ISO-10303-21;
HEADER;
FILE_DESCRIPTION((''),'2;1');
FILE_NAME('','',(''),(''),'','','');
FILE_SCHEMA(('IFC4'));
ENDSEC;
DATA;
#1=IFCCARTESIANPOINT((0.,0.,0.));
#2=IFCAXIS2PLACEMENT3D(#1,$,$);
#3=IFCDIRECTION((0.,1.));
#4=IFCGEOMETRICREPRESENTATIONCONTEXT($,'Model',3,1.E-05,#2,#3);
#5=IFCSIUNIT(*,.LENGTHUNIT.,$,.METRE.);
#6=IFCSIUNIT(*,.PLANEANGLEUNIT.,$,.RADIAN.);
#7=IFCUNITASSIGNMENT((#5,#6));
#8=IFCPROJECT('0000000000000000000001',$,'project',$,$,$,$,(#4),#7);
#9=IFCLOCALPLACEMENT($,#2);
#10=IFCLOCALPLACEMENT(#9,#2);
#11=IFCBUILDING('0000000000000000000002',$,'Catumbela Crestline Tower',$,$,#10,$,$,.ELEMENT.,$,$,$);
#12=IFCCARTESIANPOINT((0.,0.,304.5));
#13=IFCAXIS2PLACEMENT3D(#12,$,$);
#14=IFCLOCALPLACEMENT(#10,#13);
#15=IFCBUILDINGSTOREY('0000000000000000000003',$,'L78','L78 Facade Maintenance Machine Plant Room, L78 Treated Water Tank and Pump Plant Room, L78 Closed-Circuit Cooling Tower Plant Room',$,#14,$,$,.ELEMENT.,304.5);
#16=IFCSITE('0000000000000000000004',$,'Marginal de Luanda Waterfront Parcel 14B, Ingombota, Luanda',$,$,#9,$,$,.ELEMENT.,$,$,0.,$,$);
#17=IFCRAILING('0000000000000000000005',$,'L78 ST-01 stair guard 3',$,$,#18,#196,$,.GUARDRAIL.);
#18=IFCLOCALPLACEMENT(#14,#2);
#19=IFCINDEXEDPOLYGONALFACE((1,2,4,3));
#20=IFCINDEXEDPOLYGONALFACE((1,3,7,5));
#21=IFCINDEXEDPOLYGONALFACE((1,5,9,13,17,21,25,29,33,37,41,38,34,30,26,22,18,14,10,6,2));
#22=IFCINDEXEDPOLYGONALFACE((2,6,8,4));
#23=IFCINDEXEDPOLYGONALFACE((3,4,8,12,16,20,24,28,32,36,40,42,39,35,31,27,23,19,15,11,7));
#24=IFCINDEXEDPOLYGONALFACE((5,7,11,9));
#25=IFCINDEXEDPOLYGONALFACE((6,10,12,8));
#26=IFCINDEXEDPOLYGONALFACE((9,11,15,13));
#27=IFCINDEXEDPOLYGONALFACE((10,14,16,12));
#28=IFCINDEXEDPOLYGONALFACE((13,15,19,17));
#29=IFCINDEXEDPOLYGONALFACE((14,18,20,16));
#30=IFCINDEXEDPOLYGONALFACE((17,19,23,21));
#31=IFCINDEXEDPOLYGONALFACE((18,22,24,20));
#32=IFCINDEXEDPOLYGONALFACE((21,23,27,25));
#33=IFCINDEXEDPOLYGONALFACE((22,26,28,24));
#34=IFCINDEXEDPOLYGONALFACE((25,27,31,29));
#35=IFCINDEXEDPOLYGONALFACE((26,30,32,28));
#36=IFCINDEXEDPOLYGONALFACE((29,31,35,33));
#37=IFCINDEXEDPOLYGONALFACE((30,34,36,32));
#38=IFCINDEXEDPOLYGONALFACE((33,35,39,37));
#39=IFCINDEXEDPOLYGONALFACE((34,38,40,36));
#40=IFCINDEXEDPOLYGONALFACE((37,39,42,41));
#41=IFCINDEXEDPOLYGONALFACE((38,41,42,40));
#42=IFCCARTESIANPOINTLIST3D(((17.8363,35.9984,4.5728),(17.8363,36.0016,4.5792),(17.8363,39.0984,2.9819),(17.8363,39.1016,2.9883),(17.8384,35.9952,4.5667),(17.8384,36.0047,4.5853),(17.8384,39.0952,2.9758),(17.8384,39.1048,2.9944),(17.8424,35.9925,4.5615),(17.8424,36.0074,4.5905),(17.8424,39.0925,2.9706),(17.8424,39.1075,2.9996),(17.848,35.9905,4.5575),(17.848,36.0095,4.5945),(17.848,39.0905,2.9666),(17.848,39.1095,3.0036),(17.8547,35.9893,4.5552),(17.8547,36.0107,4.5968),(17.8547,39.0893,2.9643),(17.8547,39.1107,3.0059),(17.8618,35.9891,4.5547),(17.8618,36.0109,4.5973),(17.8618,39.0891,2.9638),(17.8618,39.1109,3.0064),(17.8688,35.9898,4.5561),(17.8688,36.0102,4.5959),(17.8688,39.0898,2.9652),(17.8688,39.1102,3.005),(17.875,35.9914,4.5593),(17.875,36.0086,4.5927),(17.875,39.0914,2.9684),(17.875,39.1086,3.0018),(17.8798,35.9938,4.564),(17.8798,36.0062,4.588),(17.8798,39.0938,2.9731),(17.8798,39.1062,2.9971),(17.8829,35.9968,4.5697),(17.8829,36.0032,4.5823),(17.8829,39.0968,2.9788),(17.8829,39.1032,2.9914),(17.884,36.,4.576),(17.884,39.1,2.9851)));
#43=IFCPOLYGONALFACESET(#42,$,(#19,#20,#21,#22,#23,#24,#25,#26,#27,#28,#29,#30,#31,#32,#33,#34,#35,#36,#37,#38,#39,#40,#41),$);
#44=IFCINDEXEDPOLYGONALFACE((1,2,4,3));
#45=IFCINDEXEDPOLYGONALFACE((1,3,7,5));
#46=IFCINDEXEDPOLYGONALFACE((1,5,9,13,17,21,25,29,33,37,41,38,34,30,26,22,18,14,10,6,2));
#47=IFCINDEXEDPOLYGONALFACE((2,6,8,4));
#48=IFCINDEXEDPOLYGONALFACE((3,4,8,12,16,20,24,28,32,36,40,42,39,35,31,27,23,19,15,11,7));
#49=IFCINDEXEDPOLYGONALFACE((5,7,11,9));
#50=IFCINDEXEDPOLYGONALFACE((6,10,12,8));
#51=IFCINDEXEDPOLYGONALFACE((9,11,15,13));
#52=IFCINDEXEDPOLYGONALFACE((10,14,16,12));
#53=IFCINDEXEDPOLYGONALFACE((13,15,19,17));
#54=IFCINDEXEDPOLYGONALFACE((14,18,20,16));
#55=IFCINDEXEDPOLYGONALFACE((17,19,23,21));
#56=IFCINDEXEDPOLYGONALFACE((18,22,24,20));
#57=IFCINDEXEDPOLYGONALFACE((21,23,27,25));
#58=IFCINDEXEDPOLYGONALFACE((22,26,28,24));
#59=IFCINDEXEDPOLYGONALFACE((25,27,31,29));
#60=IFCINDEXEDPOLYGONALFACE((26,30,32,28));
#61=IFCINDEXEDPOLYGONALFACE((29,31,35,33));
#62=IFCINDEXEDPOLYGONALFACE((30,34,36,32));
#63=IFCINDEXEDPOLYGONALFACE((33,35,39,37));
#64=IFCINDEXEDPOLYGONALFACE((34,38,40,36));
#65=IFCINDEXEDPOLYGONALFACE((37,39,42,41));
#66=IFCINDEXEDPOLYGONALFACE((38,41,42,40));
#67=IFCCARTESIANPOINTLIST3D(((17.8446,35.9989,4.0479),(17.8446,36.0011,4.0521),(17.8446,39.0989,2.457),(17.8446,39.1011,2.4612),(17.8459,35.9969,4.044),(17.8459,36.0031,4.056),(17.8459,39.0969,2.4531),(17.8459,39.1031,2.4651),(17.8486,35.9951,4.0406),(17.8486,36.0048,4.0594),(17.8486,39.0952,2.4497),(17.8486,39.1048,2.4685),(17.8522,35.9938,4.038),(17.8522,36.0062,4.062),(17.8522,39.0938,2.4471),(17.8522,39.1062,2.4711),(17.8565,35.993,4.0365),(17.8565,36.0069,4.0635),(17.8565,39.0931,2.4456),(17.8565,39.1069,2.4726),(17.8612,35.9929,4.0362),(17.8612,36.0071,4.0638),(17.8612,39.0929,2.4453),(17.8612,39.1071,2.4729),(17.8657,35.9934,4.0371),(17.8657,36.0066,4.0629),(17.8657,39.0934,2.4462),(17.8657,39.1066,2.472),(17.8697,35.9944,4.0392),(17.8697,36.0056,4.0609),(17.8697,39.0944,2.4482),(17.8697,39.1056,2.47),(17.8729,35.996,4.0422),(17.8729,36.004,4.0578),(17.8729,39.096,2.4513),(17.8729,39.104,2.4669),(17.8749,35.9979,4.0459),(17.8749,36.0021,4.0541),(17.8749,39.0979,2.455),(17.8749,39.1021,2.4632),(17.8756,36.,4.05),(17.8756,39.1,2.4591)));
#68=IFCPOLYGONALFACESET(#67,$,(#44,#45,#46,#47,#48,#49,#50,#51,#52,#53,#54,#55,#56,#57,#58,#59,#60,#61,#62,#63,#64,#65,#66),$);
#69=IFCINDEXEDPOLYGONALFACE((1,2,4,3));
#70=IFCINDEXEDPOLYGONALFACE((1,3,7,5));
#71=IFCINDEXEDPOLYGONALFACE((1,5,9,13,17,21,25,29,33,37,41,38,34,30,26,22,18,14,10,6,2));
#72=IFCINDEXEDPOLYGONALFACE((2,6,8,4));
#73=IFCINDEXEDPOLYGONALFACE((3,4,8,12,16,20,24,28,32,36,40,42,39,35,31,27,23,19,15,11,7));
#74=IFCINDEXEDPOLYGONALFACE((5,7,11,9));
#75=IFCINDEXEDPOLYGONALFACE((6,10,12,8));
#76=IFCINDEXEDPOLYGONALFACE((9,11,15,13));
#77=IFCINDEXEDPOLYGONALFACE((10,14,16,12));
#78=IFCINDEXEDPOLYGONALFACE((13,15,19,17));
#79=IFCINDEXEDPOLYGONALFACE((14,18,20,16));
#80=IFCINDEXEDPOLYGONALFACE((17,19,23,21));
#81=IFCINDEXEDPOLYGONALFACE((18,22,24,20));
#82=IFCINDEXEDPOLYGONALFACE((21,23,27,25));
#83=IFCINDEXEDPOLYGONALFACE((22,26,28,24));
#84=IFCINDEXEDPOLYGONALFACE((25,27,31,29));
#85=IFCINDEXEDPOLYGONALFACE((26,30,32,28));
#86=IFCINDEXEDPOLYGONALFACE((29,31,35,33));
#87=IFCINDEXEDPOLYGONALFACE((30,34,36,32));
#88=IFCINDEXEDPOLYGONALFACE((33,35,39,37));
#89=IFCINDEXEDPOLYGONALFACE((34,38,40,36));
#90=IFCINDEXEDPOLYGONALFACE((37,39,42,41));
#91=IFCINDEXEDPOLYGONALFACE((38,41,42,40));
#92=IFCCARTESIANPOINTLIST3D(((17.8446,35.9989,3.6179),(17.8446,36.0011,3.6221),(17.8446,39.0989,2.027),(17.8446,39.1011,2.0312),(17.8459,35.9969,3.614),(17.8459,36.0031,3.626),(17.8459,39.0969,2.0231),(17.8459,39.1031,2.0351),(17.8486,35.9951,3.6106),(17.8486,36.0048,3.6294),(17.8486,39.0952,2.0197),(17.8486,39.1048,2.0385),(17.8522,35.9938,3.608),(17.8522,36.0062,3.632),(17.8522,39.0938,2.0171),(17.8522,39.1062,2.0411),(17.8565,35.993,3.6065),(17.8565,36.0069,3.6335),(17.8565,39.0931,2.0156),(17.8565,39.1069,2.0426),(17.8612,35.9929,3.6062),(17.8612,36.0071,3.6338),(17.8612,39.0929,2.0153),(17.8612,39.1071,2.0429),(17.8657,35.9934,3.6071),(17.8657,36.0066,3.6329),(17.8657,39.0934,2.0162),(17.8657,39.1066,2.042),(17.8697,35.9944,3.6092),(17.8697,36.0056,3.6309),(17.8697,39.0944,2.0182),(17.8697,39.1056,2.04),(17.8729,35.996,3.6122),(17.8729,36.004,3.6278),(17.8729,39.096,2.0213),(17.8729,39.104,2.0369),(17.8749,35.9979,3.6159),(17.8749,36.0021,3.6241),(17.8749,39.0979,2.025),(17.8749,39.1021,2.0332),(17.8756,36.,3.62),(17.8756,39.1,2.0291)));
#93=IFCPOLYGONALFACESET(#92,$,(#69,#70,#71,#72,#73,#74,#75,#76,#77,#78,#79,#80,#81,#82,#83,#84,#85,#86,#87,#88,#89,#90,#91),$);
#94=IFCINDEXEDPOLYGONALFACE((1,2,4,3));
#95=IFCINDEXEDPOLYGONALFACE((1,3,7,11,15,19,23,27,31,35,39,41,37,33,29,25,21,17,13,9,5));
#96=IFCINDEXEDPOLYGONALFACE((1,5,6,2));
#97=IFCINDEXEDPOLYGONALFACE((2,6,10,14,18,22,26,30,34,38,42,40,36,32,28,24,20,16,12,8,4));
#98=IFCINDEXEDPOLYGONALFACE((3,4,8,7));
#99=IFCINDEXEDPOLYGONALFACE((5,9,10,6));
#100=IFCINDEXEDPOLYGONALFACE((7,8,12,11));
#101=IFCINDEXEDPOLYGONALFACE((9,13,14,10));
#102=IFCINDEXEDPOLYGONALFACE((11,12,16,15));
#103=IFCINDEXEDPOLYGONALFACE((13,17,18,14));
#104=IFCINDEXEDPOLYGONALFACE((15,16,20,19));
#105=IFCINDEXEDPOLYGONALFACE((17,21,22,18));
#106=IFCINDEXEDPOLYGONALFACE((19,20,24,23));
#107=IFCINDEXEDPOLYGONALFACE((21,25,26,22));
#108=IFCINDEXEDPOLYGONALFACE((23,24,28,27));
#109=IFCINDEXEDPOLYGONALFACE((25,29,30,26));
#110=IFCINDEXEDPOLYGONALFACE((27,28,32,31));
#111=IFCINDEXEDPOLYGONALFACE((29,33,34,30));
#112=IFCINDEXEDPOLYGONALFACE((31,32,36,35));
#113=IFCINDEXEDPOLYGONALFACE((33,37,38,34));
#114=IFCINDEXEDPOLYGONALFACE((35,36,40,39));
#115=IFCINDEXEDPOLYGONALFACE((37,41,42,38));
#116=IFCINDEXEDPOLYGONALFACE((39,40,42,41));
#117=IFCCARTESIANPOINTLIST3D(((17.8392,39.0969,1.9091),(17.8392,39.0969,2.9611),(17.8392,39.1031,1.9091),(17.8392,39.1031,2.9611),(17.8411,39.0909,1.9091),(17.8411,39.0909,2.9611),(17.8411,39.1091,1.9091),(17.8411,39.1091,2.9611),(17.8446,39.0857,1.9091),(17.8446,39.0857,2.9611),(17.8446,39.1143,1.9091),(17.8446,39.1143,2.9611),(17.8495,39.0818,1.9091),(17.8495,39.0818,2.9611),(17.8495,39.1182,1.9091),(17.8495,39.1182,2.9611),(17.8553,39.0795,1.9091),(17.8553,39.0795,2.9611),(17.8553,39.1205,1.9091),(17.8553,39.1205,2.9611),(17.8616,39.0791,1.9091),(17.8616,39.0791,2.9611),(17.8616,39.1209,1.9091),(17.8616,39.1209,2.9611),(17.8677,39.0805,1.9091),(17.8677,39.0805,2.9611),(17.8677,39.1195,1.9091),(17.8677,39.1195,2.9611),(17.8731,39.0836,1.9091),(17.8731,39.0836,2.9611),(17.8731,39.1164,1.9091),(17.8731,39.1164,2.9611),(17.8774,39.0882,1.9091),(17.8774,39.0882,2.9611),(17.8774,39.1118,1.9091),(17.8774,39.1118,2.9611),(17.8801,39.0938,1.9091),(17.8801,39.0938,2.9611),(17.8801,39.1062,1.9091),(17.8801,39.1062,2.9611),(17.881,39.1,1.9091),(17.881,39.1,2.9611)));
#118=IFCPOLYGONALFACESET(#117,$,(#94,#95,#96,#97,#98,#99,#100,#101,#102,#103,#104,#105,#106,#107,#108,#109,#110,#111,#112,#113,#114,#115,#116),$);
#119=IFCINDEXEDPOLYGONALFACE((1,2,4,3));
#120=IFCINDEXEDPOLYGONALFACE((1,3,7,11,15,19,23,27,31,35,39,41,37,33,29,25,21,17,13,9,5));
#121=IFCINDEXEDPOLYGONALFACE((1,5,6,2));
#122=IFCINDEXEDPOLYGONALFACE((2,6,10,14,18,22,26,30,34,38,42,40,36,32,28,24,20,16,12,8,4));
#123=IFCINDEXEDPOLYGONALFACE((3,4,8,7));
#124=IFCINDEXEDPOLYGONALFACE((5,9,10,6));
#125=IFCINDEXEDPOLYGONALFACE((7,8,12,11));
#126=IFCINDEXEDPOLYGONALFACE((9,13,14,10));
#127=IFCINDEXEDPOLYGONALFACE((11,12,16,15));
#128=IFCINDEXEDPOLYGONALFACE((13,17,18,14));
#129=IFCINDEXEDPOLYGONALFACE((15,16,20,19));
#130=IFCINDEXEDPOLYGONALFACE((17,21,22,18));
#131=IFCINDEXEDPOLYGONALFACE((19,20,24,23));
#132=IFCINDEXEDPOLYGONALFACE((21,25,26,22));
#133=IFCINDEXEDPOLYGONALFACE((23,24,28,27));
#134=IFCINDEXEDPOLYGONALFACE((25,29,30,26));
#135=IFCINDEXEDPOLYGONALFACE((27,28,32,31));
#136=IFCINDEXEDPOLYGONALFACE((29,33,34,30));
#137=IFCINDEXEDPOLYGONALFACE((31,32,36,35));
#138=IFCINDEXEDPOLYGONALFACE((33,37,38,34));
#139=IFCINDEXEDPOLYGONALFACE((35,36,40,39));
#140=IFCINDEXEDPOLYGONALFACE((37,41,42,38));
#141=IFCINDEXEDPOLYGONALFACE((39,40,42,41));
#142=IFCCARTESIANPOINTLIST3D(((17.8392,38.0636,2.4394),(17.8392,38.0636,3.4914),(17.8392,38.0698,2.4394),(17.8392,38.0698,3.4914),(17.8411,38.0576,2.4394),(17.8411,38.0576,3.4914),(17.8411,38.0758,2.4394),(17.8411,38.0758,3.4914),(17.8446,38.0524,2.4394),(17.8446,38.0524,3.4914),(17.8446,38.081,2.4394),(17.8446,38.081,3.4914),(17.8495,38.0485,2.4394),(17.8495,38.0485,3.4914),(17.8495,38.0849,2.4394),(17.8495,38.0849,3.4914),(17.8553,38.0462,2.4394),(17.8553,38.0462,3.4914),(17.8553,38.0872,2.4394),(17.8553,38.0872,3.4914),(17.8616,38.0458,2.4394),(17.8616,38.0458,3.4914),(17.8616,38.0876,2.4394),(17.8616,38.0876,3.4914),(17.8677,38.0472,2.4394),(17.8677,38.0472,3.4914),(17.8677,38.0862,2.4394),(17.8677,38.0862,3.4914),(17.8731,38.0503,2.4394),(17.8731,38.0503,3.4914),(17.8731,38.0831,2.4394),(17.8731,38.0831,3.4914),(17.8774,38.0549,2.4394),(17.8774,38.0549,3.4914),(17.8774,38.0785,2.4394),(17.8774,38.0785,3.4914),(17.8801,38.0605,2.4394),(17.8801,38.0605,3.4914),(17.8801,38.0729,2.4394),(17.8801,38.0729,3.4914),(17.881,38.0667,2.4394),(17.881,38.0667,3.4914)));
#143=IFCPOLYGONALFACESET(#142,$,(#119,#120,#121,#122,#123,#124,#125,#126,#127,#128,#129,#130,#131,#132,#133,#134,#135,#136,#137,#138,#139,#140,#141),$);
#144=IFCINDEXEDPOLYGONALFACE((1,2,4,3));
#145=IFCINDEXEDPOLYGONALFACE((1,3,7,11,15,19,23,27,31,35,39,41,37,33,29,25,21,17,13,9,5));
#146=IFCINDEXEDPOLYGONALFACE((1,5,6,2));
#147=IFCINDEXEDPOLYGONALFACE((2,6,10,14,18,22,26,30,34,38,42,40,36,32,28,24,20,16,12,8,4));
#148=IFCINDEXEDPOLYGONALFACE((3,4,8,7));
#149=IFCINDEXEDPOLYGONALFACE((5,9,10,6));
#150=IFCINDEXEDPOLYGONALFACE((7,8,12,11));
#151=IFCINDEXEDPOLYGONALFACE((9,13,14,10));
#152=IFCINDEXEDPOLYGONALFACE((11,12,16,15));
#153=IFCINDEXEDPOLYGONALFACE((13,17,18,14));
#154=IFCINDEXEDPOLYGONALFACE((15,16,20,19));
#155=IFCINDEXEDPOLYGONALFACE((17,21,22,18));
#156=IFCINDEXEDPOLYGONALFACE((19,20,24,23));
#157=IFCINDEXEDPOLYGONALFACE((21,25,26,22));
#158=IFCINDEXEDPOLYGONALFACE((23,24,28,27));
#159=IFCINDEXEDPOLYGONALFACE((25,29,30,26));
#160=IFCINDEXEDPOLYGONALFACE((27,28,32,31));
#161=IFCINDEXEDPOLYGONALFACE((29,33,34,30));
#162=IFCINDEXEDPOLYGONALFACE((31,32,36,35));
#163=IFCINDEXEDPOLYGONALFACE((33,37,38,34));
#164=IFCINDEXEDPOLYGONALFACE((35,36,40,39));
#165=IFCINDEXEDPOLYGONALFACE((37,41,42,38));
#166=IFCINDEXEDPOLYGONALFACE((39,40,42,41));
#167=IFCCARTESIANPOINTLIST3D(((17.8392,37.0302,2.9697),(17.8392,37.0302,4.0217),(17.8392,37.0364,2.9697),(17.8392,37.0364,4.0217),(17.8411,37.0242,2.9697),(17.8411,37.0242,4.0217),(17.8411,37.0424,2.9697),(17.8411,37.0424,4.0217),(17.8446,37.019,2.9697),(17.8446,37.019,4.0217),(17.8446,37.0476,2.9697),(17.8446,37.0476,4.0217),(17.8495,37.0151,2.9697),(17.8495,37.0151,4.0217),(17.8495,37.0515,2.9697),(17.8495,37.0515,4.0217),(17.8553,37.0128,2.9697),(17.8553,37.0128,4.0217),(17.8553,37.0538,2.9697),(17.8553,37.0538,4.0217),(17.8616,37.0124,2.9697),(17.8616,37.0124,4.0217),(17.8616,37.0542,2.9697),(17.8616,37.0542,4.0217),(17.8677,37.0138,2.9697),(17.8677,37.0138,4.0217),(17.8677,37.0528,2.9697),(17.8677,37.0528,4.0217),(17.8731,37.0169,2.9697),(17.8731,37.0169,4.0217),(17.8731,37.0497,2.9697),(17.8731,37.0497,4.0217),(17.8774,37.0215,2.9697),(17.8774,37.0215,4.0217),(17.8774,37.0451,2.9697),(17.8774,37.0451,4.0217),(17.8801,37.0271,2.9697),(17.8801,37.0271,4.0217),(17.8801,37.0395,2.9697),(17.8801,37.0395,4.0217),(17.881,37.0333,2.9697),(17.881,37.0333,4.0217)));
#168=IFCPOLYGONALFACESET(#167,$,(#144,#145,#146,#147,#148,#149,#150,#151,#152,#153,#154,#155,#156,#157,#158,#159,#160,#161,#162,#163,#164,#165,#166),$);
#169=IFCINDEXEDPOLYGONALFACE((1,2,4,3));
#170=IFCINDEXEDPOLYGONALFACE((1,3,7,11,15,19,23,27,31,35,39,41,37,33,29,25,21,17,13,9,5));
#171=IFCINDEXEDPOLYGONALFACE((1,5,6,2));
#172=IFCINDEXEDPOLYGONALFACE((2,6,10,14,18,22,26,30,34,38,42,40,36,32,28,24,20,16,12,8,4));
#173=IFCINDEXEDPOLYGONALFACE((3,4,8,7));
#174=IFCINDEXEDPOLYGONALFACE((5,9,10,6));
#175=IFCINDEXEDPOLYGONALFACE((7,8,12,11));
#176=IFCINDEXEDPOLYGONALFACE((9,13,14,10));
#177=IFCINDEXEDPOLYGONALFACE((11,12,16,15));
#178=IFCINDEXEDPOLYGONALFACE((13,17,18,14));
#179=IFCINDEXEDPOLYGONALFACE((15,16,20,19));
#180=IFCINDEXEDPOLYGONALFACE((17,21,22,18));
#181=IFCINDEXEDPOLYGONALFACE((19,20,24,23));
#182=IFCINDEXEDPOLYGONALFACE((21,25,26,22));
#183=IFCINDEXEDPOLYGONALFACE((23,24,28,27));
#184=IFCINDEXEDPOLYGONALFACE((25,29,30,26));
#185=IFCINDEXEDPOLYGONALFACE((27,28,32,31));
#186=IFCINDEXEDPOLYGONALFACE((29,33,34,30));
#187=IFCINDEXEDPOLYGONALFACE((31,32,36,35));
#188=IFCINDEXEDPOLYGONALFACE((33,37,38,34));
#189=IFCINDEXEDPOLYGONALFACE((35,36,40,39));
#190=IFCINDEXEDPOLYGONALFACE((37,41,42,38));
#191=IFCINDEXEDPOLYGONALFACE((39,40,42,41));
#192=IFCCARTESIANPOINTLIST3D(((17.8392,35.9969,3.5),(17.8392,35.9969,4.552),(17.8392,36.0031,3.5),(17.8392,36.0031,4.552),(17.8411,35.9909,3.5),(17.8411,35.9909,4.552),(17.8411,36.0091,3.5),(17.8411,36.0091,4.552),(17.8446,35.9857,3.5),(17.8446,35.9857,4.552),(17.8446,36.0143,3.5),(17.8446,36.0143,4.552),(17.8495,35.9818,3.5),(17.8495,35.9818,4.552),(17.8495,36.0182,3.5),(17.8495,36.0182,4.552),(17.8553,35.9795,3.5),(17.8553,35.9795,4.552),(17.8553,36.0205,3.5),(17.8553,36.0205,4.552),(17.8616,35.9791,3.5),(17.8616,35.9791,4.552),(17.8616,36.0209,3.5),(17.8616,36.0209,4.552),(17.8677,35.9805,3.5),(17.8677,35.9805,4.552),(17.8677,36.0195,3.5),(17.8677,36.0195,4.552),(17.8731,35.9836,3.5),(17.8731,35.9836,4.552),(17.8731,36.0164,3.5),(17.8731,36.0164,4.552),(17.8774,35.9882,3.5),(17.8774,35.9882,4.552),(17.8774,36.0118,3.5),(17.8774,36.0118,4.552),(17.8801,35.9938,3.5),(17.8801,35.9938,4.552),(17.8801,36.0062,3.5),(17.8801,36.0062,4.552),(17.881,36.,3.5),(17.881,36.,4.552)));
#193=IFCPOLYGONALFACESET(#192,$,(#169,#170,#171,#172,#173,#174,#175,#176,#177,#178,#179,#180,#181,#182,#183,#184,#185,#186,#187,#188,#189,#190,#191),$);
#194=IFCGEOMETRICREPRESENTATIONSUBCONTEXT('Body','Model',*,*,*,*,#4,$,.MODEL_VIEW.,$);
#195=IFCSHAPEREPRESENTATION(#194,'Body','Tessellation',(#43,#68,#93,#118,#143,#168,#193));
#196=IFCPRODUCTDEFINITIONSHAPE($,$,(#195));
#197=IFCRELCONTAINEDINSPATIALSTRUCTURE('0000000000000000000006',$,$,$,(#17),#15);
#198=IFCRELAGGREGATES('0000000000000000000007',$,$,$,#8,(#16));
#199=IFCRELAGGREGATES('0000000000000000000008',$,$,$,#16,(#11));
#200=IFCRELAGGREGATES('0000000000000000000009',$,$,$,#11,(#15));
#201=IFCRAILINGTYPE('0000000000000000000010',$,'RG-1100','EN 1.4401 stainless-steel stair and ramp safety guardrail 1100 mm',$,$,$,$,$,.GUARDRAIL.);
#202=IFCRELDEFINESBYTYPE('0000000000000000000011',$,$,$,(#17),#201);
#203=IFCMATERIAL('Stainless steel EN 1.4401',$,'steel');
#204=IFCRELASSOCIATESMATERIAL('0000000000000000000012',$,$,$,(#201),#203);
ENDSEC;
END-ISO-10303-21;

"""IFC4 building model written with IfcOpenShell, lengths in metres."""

from ifc_helpers import new_model, si_unit, direction, frame, origin, origin_2d, place, context, subcontext, project, spatial, circle, extrude, material, type_object, element, save


model = new_model("IFC4")

# Units and contexts
model_context = context("Model", 3, precision=1e-05, world=origin(), true_north=direction((0.0, 1.0)))
body_context = subcontext(model_context, "Body", "Model", "MODEL_VIEW")
ifc_project = project(units=[si_unit("LENGTHUNIT", "METRE"), si_unit("PLANEANGLEUNIT", "RADIAN")], contexts=[model_context])

# Site, building, storey
site_placement = place(None, origin())
site = spatial("IfcSite", under=ifc_project, at=site_placement, Name="Marginal de Luanda Waterfront Parcel 14B, Ingombota, Luanda", CompositionType="ELEMENT", RefElevation=0.0)
building_placement = place(site_placement, origin())
building = spatial("IfcBuilding", under=site, at=building_placement, Name="Catumbela Crestline Tower", CompositionType="ELEMENT")
storey_placement = place(building_placement, frame((0.0, 0.0, 304.5)))
storey = spatial("IfcBuildingStorey", under=building, at=storey_placement, Name="L78", Description="L78 Facade Maintenance Machine Plant Room, L78 Treated Water Tank and Pump Plant Room, L78 Closed-Circuit Cooling Tower Plant Room", CompositionType="ELEMENT", Elevation=304.5)

# Shared definitions
ifc_material_1 = material(Name="Stainless steel EN 1.4401", Category="steel")

# Railing
railing_type_1 = type_object("IfcRailingType", Name="RG-1100", Description="EN 1.4401 stainless-steel stair and ramp safety guardrail 1100 mm", PredefinedType="GUARDRAIL", material=ifc_material_1)
railing_1_placement = place(storey_placement, frame((17.86, 39.1, 1.9091)))
element("IfcRailing", 1, at=railing_1_placement, inside=storey, type_object=railing_type_1, Name="L78 ST-01 stair guard 3", PredefinedType="GUARDRAIL", context=body_context, shape_type="SweptSolid", body=[
    extrude(circle(Radius=0.024, at=origin_2d()), frame((0.0, 0.0, 1.076), z_axis=(0.0, -0.889683, 0.456579), x_axis=(1.0, 0.0, 0.0)), (0.0, 0.0, 1.0), 3.4844),
    extrude(circle(Radius=0.0156, at=origin_2d()), frame((0.0, 0.0, 0.55), z_axis=(0.0, -0.889683, 0.456579), x_axis=(1.0, 0.0, 0.0)), (0.0, 0.0, 1.0), 3.4844),
    extrude(circle(Radius=0.0156, at=origin_2d()), frame((0.0, 0.0, 0.12), z_axis=(0.0, -0.889683, 0.456579), x_axis=(1.0, 0.0, 0.0)), (0.0, 0.0, 1.0), 3.4844),
    extrude(circle(Radius=0.021, at=origin_2d()), origin(), (0.0, 0.0, 1.0), 1.052),
    extrude(circle(Radius=0.021, at=origin_2d()), frame((0.0, -1.0333, 0.5303)), (0.0, 0.0, 1.0), 1.052),
    extrude(circle(Radius=0.021, at=origin_2d()), frame((0.0, -2.0667, 1.0606)), (0.0, 0.0, 1.0), 1.052),
    extrude(circle(Radius=0.021, at=origin_2d()), frame((0.0, -3.1, 1.5909)), (0.0, 0.0, 1.0), 1.052),
])

save(model, "model.ifc")
